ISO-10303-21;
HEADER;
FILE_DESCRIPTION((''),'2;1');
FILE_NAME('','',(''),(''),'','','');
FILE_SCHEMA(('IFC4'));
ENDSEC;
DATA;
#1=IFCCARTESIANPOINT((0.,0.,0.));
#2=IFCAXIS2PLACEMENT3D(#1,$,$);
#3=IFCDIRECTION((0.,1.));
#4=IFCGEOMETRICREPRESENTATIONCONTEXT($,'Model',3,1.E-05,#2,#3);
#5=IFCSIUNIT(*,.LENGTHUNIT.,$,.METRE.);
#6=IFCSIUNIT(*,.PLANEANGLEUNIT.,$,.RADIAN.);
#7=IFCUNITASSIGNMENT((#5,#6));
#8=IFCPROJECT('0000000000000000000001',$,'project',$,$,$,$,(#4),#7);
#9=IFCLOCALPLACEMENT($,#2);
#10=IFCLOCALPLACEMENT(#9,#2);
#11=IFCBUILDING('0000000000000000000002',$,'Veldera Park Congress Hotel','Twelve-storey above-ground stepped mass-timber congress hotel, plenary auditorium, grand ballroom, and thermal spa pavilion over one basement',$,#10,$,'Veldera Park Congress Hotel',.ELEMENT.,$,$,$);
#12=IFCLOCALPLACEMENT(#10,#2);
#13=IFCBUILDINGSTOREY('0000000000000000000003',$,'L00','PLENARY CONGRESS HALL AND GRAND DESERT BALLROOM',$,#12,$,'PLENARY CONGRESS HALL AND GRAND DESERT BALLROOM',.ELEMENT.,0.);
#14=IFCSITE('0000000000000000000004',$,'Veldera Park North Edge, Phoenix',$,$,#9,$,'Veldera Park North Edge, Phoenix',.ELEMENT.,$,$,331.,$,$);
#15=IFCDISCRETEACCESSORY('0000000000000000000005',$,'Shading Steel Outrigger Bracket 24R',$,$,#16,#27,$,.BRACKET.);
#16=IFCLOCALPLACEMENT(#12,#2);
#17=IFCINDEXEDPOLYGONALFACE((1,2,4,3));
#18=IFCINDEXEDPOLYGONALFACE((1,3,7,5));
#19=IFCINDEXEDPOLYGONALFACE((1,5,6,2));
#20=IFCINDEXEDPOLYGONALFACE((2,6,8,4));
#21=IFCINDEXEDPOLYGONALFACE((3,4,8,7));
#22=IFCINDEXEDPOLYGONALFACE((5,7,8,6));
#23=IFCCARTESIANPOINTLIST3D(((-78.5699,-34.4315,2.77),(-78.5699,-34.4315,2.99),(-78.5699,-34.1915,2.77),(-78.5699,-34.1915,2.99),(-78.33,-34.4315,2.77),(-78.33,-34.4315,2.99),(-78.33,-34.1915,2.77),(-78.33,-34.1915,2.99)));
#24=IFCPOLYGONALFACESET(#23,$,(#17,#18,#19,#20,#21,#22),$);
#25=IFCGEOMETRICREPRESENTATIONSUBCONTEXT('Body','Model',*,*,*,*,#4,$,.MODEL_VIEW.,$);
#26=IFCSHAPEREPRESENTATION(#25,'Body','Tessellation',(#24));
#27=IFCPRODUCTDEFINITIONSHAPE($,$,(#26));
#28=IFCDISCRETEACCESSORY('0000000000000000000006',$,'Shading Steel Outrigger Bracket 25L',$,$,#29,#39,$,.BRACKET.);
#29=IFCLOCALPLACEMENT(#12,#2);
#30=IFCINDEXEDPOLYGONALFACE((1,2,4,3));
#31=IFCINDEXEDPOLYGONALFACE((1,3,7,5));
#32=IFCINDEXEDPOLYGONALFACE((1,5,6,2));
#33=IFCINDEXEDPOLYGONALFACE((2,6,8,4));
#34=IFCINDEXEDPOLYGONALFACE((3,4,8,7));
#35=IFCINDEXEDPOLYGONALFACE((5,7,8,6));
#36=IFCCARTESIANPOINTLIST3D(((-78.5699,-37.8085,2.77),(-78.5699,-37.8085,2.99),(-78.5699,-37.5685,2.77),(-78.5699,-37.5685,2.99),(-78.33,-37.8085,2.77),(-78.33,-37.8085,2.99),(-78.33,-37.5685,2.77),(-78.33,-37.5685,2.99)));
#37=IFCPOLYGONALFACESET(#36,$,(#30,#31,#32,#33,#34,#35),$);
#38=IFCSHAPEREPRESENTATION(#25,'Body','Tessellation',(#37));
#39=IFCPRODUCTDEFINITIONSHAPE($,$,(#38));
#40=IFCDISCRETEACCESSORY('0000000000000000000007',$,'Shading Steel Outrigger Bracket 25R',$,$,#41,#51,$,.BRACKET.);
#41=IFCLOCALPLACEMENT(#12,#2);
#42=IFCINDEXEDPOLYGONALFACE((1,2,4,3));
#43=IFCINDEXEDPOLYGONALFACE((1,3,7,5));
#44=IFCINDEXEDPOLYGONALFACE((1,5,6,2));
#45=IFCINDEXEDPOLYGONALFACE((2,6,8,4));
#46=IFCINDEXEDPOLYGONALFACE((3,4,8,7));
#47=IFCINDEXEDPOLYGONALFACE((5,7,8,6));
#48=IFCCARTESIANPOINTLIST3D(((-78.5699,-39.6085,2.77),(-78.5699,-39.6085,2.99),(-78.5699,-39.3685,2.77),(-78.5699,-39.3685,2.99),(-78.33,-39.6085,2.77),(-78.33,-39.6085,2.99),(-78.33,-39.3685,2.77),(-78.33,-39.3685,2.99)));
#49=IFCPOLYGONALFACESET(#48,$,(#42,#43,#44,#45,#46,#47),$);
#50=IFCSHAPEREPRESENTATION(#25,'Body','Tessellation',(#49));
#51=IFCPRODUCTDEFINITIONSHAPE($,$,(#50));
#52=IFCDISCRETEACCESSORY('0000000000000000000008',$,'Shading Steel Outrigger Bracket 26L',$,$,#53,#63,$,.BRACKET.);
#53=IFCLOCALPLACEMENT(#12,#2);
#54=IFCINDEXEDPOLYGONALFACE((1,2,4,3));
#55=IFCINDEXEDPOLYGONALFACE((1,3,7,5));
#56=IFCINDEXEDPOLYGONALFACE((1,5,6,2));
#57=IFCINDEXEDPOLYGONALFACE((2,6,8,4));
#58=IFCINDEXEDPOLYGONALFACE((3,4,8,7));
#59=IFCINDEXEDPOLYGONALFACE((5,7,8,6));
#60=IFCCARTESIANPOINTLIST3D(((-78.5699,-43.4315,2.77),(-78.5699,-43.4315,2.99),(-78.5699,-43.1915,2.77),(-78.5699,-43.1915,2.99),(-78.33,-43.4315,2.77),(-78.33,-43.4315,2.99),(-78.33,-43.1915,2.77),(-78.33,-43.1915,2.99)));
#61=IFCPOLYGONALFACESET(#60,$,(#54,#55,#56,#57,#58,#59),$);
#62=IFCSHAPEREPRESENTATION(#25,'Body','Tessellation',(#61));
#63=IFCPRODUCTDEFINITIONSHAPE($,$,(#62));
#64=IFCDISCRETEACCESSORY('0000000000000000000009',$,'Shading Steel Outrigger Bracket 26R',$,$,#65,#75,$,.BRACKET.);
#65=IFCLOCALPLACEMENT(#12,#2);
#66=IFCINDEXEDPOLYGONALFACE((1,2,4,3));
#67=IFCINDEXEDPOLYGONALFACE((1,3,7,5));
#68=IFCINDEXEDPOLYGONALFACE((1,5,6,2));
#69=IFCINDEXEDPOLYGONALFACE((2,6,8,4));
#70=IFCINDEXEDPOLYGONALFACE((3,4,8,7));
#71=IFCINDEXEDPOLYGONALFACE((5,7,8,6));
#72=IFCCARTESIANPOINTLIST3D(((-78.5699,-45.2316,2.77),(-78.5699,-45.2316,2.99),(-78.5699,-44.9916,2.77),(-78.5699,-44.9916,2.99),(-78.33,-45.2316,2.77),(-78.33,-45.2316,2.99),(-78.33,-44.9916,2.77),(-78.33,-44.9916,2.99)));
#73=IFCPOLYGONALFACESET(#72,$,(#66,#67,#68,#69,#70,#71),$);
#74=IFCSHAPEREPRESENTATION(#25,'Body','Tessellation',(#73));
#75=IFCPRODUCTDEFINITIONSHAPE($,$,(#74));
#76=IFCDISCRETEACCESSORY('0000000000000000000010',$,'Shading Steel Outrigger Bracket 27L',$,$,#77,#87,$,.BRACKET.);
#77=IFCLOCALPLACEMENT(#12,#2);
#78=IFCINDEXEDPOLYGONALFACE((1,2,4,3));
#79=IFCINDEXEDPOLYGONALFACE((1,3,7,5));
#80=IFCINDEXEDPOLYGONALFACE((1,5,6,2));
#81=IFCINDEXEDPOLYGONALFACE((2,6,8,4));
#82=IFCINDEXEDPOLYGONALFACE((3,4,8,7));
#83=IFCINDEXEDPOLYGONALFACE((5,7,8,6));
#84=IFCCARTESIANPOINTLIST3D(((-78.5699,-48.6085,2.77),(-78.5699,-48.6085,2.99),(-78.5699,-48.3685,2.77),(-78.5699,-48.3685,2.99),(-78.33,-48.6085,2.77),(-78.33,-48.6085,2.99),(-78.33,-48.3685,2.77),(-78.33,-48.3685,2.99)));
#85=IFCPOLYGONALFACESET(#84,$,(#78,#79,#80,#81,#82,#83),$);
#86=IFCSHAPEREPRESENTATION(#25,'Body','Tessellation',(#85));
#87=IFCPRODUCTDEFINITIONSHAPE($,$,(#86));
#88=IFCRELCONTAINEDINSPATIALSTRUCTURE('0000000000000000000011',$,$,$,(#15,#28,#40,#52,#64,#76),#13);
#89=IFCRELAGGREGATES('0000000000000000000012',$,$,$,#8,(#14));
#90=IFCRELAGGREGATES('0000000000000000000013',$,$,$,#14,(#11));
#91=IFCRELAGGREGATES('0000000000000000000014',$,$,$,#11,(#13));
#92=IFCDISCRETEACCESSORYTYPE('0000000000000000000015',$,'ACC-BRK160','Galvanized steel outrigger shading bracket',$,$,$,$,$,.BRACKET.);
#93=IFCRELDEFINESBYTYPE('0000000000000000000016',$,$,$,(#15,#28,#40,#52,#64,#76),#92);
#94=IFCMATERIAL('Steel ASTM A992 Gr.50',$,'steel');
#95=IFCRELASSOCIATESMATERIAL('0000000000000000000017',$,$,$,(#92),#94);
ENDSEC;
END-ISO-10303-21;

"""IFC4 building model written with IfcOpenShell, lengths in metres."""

from ifc_helpers import new_model, si_unit, direction, frame, origin, origin_2d, place, context, subcontext, project, spatial, rectangle, extrude, material, type_object, element, save


model = new_model("IFC4")

# Units and contexts
model_context = context("Model", 3, precision=1e-05, world=origin(), true_north=direction((0.0, 1.0)))
body_context = subcontext(model_context, "Body", "Model", "MODEL_VIEW")
ifc_project = project(units=[si_unit("LENGTHUNIT", "METRE"), si_unit("PLANEANGLEUNIT", "RADIAN")], contexts=[model_context])

# Site, building, storey
site_placement = place(None, origin())
site = spatial("IfcSite", under=ifc_project, at=site_placement, Name="Veldera Park North Edge, Phoenix", LongName="Veldera Park North Edge, Phoenix", CompositionType="ELEMENT", RefElevation=331.0)
building_placement = place(site_placement, origin())
building = spatial("IfcBuilding", under=site, at=building_placement, Name="Veldera Park Congress Hotel", Description="Twelve-storey above-ground stepped mass-timber congress hotel, plenary auditorium, grand ballroom, and thermal spa pavilion over one basement", LongName="Veldera Park Congress Hotel", CompositionType="ELEMENT")
storey_placement = place(building_placement, origin())
storey = spatial("IfcBuildingStorey", under=building, at=storey_placement, Name="L00", Description="PLENARY CONGRESS HALL AND GRAND DESERT BALLROOM", LongName="PLENARY CONGRESS HALL AND GRAND DESERT BALLROOM", CompositionType="ELEMENT", Elevation=0.0)

# Shared definitions
ifc_material_1 = material(Name="Steel ASTM A992 Gr.50", Category="steel")

# Discrete accessories
discrete_accessory_type = type_object("IfcDiscreteAccessoryType", Name="ACC-BRK160", Description="Galvanized steel outrigger shading bracket", PredefinedType="BRACKET", material=ifc_material_1)
for number, where, z_axis, x_axis, name in (
    (1, (-78.45, -34.3115, 2.77), (0.0, 0.0, 1.0), (0.0, -1.0, 0.0), "Shading Steel Outrigger Bracket 24R"),
    (2, (-78.45, -37.6885, 2.77), (0.0, 0.0, 1.0), (0.0, -1.0, 0.0), "Shading Steel Outrigger Bracket 25L"),
    (3, (-78.45, -39.4885, 2.77), (0.0, 0.0, 1.0), (0.0, -1.0, 0.0), "Shading Steel Outrigger Bracket 25R"),
    (4, (-78.45, -43.3115, 2.77), (0.0, 0.0, 1.0), (0.0, -1.0, 0.0), "Shading Steel Outrigger Bracket 26L"),
    (5, (-78.45, -45.1116, 2.77), (0.0, 0.0, 1.0), (0.0, -1.0, 0.0), "Shading Steel Outrigger Bracket 26R"),
    (6, (-78.45, -48.4885, 2.77), (0.0, 0.0, 1.0), (0.0, -1.0, 0.0), "Shading Steel Outrigger Bracket 27L"),
):
    element("IfcDiscreteAccessory", number, at=place(storey_placement, frame(where, z_axis=z_axis, x_axis=x_axis)), inside=storey, type_object=discrete_accessory_type, Name=name, PredefinedType="BRACKET", context=body_context, shape_type="SweptSolid", body=[
        extrude(rectangle(XDim=0.24, YDim=0.24, at=origin_2d()), origin(), (0.0, 0.0, 1.0), 0.22),
    ])

save(model, "model.ifc")
